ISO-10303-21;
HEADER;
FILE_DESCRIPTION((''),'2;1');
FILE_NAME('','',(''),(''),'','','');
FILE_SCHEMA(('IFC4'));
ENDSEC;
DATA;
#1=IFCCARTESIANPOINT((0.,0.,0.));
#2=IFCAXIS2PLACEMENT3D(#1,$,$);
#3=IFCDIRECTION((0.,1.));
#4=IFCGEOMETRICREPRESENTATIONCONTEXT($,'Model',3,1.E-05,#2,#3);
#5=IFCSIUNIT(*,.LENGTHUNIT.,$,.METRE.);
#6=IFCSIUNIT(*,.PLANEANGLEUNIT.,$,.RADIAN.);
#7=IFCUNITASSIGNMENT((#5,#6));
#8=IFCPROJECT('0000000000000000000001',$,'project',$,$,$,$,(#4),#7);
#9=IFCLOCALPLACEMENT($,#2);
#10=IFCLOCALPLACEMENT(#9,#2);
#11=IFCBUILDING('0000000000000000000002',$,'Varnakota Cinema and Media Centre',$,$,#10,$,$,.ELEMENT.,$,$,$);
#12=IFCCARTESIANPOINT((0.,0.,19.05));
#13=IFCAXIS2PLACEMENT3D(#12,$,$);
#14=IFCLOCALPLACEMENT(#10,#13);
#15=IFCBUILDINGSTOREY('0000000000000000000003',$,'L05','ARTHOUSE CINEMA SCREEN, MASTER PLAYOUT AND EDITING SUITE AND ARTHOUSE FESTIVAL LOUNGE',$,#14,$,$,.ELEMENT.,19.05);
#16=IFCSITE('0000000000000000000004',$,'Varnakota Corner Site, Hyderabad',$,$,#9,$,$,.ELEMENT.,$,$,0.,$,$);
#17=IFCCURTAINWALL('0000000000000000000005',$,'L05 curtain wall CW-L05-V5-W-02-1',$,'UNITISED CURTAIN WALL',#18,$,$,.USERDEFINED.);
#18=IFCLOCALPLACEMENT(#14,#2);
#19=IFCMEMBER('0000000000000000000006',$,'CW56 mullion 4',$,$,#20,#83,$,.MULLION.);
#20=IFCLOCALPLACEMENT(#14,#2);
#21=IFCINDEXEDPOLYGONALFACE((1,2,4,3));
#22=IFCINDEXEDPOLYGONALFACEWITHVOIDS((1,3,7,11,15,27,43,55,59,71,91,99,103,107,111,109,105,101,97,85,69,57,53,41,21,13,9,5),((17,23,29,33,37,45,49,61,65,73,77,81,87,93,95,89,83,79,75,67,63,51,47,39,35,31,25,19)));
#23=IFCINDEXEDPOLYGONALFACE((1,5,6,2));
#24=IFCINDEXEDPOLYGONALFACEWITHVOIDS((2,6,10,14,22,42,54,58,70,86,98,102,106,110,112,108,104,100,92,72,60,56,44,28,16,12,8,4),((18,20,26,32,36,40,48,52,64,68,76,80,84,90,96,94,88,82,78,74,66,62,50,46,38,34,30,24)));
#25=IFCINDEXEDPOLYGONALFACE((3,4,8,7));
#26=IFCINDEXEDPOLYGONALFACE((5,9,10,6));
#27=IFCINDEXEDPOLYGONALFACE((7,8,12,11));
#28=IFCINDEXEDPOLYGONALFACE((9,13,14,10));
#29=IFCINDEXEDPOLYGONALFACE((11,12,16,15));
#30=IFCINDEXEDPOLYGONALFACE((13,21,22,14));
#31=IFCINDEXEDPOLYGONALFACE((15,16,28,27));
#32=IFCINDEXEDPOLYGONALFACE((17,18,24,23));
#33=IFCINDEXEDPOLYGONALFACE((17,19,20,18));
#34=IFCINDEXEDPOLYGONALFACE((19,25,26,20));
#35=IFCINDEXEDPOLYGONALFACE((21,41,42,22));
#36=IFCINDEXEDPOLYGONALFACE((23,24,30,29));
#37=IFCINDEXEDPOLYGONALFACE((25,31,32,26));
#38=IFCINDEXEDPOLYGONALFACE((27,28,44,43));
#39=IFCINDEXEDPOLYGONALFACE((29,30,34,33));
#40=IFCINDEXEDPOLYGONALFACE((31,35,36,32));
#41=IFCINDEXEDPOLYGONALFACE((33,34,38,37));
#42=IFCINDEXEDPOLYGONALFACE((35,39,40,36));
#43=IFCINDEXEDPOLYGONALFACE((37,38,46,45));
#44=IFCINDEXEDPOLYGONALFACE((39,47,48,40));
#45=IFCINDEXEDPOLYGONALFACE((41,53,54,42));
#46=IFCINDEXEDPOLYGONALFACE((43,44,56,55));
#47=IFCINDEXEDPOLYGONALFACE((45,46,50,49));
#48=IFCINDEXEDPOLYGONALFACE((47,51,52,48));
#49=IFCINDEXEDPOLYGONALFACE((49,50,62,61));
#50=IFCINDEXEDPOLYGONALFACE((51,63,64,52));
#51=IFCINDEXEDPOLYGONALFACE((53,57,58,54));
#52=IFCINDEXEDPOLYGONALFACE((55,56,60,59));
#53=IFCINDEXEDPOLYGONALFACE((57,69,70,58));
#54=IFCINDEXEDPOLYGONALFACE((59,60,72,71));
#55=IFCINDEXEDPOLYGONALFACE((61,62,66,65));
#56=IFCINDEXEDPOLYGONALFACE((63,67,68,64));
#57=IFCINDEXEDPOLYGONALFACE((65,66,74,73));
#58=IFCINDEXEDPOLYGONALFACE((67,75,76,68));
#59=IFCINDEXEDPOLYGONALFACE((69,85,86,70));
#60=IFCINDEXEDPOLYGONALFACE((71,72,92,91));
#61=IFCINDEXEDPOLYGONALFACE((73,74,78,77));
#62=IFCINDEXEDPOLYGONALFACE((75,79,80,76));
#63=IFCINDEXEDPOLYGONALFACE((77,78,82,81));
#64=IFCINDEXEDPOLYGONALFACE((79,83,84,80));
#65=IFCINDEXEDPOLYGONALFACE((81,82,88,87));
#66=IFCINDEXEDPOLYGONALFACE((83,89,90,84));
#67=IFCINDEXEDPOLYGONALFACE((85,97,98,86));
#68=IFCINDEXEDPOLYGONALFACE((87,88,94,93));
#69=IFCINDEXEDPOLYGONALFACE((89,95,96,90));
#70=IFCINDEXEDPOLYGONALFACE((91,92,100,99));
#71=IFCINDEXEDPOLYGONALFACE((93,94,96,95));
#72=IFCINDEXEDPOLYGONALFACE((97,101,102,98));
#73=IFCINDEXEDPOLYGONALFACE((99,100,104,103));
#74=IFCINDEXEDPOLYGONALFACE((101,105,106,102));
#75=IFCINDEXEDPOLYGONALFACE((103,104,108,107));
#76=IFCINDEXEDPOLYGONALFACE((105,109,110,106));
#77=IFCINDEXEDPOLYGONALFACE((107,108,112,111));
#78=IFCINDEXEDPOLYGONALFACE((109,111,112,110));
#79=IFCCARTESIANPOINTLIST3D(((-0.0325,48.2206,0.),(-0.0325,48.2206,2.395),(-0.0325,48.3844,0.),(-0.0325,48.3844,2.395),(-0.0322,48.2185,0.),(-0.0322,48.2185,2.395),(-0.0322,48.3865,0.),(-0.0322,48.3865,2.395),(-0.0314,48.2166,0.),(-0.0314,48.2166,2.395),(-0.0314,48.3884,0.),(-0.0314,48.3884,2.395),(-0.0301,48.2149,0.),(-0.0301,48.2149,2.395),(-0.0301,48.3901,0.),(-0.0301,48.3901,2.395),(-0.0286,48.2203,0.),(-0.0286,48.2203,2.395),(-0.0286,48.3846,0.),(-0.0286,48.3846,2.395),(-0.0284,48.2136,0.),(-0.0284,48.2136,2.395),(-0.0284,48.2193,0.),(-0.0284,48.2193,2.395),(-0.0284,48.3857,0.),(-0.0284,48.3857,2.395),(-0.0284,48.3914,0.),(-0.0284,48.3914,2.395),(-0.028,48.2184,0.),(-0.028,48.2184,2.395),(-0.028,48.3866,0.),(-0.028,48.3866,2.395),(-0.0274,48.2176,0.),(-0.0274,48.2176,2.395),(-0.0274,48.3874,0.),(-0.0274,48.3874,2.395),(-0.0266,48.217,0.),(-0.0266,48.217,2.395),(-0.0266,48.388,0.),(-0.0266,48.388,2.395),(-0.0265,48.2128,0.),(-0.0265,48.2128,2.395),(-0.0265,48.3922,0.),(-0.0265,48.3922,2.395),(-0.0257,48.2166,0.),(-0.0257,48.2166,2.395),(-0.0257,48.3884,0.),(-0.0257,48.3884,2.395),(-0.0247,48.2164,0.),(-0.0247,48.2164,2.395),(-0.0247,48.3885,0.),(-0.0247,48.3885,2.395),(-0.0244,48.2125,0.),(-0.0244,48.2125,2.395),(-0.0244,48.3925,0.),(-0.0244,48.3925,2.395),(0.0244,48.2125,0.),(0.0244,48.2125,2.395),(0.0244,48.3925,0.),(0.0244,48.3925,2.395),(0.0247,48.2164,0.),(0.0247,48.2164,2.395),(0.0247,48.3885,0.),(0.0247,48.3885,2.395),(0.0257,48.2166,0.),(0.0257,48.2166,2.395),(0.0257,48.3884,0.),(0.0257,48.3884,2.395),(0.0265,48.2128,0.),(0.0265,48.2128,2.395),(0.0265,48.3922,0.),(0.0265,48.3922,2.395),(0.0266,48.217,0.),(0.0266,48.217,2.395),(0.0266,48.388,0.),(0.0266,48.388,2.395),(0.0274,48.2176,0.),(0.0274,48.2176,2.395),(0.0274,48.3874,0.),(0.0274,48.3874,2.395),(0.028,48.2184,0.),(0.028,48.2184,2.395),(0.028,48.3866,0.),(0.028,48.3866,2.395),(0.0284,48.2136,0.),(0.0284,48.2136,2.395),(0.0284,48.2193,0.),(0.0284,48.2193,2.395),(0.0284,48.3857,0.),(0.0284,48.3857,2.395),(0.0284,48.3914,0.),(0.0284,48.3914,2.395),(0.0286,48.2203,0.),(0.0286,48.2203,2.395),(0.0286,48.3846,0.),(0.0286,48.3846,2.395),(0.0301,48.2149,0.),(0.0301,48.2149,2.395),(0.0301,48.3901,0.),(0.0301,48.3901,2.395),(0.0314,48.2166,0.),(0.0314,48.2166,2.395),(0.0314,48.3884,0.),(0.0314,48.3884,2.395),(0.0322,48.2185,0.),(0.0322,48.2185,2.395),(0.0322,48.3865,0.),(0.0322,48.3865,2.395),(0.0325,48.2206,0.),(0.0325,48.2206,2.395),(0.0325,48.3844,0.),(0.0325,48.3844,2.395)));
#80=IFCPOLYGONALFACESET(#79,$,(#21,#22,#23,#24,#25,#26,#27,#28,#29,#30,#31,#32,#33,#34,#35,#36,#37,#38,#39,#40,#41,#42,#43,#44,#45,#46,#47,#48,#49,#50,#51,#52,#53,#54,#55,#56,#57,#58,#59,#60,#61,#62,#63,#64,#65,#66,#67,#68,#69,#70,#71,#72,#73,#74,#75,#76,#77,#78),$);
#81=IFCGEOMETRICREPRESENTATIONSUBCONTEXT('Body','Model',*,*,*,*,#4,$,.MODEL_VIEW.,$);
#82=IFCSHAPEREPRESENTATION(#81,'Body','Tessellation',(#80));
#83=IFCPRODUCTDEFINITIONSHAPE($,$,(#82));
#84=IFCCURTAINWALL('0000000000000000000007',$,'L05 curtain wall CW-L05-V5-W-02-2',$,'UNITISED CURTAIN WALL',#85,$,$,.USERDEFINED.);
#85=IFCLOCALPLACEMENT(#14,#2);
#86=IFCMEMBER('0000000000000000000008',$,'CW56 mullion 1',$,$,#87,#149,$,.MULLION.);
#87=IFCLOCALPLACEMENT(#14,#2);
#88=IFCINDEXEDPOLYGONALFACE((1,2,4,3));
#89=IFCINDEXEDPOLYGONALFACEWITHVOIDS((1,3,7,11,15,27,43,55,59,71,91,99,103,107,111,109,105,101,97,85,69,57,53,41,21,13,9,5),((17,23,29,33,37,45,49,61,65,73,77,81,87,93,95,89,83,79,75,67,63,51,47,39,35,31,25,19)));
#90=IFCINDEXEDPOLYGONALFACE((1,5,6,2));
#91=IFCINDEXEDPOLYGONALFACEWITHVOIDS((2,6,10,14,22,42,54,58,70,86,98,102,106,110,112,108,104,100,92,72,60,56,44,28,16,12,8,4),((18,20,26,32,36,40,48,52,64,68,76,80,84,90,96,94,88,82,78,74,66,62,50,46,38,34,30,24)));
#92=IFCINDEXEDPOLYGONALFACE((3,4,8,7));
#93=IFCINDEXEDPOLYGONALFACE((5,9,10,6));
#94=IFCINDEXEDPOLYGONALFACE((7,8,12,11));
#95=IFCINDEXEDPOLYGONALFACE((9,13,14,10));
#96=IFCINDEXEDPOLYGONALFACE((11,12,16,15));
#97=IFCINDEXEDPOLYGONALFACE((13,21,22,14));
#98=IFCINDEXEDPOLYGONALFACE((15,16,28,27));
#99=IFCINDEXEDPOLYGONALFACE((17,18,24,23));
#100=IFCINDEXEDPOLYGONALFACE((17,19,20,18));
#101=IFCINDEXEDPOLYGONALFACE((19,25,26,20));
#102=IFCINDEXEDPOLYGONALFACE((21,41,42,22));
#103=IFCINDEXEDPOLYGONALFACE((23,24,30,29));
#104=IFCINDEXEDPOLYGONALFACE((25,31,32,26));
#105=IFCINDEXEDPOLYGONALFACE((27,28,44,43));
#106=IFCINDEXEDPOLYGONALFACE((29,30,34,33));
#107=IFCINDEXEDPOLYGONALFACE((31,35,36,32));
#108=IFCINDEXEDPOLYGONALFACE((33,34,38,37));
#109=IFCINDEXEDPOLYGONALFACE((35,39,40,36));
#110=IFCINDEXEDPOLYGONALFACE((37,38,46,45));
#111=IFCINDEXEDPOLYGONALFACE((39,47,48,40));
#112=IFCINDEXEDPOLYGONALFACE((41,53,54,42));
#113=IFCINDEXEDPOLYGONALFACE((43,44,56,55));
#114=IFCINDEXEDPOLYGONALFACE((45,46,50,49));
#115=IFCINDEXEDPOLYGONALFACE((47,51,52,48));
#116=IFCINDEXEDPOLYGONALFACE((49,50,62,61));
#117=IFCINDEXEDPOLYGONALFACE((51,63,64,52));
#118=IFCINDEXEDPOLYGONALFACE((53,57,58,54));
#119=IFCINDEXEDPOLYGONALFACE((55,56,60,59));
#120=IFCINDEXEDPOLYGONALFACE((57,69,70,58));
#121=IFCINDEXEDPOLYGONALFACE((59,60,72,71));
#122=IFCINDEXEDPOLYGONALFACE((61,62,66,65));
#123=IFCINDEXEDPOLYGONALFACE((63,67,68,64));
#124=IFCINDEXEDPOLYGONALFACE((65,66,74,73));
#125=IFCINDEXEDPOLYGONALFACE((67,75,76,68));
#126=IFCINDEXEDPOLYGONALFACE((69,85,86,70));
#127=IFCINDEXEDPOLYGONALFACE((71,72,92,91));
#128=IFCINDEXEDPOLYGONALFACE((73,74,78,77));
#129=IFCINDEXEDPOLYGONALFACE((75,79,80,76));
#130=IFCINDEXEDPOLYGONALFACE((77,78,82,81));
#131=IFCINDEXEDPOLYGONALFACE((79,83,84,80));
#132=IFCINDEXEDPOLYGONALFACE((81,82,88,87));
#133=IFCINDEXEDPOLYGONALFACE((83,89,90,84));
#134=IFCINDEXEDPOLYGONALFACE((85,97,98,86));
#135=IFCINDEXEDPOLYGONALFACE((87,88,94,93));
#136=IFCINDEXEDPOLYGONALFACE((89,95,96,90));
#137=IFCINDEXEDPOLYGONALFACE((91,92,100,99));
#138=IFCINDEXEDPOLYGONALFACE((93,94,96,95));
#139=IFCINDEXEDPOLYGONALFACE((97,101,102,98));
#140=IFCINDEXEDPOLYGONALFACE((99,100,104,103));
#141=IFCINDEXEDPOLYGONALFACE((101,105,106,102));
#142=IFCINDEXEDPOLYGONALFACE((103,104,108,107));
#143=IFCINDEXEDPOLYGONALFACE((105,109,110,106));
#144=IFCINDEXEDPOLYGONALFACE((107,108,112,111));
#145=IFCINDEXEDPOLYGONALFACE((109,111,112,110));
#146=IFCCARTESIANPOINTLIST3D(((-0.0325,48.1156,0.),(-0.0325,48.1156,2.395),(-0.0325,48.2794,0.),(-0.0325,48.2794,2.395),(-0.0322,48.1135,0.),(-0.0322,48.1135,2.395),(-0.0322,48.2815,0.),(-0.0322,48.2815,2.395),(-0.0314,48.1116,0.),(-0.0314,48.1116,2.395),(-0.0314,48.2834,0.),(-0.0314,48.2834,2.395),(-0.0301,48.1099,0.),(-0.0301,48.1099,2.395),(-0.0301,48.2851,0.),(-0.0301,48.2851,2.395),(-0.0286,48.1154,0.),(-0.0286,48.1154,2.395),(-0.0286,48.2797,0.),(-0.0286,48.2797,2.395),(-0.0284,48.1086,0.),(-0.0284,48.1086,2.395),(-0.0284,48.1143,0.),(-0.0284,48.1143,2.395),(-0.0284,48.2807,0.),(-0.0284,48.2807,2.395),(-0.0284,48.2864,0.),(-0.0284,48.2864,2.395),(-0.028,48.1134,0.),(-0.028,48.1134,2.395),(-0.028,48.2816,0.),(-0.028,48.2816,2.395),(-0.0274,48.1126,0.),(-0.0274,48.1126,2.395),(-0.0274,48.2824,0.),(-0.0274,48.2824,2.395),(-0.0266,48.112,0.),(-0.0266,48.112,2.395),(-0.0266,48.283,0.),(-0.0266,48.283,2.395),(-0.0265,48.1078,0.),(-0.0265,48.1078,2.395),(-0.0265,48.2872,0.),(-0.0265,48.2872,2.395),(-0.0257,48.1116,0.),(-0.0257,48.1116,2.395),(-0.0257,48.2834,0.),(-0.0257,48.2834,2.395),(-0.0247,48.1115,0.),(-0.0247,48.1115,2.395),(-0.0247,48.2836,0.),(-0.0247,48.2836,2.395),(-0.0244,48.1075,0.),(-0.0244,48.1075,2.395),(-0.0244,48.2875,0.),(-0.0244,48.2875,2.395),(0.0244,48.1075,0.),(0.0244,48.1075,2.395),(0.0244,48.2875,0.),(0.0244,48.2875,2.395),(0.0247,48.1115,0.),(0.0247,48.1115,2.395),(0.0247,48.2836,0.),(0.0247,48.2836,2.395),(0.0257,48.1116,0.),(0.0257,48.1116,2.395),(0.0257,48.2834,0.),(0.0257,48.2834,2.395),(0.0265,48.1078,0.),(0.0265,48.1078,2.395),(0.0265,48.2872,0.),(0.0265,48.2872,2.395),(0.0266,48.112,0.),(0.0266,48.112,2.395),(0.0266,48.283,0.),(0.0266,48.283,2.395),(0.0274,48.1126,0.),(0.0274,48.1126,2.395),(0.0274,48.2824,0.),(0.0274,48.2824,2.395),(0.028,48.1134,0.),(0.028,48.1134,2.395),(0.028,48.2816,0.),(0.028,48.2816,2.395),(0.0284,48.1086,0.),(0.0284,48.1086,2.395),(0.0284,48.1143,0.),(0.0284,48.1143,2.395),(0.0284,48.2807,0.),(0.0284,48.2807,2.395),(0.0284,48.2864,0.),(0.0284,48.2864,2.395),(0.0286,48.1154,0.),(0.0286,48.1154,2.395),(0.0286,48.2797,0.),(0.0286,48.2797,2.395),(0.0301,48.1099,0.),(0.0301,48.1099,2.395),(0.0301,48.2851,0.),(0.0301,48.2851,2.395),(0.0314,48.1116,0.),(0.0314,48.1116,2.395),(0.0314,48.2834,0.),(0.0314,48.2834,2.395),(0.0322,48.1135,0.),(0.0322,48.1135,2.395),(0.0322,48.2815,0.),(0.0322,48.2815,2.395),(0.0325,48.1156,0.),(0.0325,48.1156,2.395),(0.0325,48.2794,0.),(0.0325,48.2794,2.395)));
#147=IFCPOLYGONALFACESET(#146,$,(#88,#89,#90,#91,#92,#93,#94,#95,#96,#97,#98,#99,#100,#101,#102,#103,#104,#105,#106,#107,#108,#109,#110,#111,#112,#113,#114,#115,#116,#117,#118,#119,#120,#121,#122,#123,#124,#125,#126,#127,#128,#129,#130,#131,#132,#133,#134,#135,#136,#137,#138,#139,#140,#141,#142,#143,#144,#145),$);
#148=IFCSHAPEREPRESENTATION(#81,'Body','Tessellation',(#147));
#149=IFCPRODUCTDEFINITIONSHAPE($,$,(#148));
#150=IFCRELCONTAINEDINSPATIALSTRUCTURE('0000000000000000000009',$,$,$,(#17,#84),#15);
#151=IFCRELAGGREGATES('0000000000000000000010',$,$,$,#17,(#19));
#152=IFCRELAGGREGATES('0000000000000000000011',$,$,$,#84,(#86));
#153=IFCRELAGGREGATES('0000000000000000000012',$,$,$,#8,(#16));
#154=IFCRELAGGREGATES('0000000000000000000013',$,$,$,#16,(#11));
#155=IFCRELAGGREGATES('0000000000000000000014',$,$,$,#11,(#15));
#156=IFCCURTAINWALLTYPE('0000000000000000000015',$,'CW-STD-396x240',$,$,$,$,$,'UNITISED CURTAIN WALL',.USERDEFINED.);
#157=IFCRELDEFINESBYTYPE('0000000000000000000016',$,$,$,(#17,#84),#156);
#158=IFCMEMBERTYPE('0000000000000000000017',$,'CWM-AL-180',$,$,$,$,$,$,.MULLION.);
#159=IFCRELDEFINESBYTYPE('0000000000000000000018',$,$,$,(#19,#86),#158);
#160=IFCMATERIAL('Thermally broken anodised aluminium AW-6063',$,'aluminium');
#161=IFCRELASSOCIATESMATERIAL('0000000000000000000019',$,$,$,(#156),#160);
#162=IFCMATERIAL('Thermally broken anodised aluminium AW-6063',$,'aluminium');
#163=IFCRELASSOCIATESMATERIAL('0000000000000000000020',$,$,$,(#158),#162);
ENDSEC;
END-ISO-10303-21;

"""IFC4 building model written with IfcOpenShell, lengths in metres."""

from ifc_helpers import new_model, si_unit, direction, frame, origin, origin_2d, place, context, subcontext, project, spatial, hollow_rectangle, extrude, material, material_profile, profile_set, type_object, element, aggregate, save


model = new_model("IFC4")

# Units and contexts
model_context = context("Model", 3, precision=1e-05, world=origin(), true_north=direction((0.0, 1.0)))
body_context = subcontext(model_context, "Body", "Model", "MODEL_VIEW")
ifc_project = project(units=[si_unit("LENGTHUNIT", "METRE"), si_unit("PLANEANGLEUNIT", "RADIAN")], contexts=[model_context])

# Site, building, storey
site_placement = place(None, origin())
site = spatial("IfcSite", under=ifc_project, at=site_placement, Name="Varnakota Corner Site, Hyderabad", CompositionType="ELEMENT", RefElevation=0.0)
building_placement = place(site_placement, origin())
building = spatial("IfcBuilding", under=site, at=building_placement, Name="Varnakota Cinema and Media Centre", CompositionType="ELEMENT")
storey_placement = place(building_placement, frame((0.0, 0.0, 19.05)))
storey = spatial("IfcBuildingStorey", under=building, at=storey_placement, Name="L05", Description="ARTHOUSE CINEMA SCREEN, MASTER PLAYOUT AND EDITING SUITE AND ARTHOUSE FESTIVAL LOUNGE", CompositionType="ELEMENT", Elevation=19.05)

# Curtain wall, member
ifc_material_1 = material(Name="Thermally broken anodised aluminium AW-6063", Category="aluminium")
curtain_wall_type = type_object("IfcCurtainWallType", Name="CW-STD-396x240", ElementType="UNITISED CURTAIN WALL", PredefinedType="USERDEFINED", material=ifc_material_1)
curtain_wall_1_placement = place(storey_placement, origin())
curtain_wall_1 = element("IfcCurtainWall", 1, at=curtain_wall_1_placement, inside=storey, type_object=curtain_wall_type, Name="L05 curtain wall CW-L05-V5-W-02-1", ObjectType="UNITISED CURTAIN WALL", PredefinedType="USERDEFINED")
ifc_material_2 = material(Name="Thermally broken anodised aluminium AW-6063", Category="aluminium")
ifc_material_profile_1 = material_profile(ifc_material_2, hollow_rectangle(XDim=0.0649, YDim=0.1799, WallThickness=0.0039, InnerFilletRadius=0.0039, OuterFilletRadius=0.0081, at=origin_2d()), Name="AL-MULLION 180x65x4")
ifc_profile_set_1 = profile_set([ifc_material_profile_1], Name="Thermally broken anodised aluminium AW-6063")
member_type_1 = type_object("IfcMemberType", Name="CWM-AL-180", PredefinedType="MULLION", material=ifc_profile_set_1)
member_1_placement = place(storey_placement, frame((0.0, 48.3025, 0.0), z_axis=(0.0, 0.0, 1.0), x_axis=(1.0, 0.0, 0.0)))
member_1 = element("IfcMember", 2, at=member_1_placement, type_object=member_type_1, Name="CW56 mullion 4", PredefinedType="MULLION", context=body_context, shape_type="SweptSolid", body=[
    extrude(hollow_rectangle(XDim=0.0649, YDim=0.1799, WallThickness=0.0039, InnerFilletRadius=0.0039, OuterFilletRadius=0.0081, at=origin_2d()), origin(), (0.0, 0.0, 1.0), 2.395),
])

# Curtain wall, member
curtain_wall_2_placement = place(storey_placement, origin())
curtain_wall_2 = element("IfcCurtainWall", 3, at=curtain_wall_2_placement, inside=storey, type_object=curtain_wall_type, Name="L05 curtain wall CW-L05-V5-W-02-2", ObjectType="UNITISED CURTAIN WALL", PredefinedType="USERDEFINED")
member_2_placement = place(storey_placement, frame((0.0, 48.1975, 0.0), z_axis=(0.0, 0.0, 1.0), x_axis=(1.0, 0.0, 0.0)))
member_2 = element("IfcMember", 4, at=member_2_placement, type_object=member_type_1, Name="CW56 mullion 1", PredefinedType="MULLION", context=body_context, shape_type="SweptSolid", body=[
    extrude(hollow_rectangle(XDim=0.0649, YDim=0.1799, WallThickness=0.0039, InnerFilletRadius=0.0039, OuterFilletRadius=0.0081, at=origin_2d()), origin(), (0.0, 0.0, 1.0), 2.395),
])

aggregate(curtain_wall_1, [member_1])
aggregate(curtain_wall_2, [member_2])

save(model, "model.ifc")
